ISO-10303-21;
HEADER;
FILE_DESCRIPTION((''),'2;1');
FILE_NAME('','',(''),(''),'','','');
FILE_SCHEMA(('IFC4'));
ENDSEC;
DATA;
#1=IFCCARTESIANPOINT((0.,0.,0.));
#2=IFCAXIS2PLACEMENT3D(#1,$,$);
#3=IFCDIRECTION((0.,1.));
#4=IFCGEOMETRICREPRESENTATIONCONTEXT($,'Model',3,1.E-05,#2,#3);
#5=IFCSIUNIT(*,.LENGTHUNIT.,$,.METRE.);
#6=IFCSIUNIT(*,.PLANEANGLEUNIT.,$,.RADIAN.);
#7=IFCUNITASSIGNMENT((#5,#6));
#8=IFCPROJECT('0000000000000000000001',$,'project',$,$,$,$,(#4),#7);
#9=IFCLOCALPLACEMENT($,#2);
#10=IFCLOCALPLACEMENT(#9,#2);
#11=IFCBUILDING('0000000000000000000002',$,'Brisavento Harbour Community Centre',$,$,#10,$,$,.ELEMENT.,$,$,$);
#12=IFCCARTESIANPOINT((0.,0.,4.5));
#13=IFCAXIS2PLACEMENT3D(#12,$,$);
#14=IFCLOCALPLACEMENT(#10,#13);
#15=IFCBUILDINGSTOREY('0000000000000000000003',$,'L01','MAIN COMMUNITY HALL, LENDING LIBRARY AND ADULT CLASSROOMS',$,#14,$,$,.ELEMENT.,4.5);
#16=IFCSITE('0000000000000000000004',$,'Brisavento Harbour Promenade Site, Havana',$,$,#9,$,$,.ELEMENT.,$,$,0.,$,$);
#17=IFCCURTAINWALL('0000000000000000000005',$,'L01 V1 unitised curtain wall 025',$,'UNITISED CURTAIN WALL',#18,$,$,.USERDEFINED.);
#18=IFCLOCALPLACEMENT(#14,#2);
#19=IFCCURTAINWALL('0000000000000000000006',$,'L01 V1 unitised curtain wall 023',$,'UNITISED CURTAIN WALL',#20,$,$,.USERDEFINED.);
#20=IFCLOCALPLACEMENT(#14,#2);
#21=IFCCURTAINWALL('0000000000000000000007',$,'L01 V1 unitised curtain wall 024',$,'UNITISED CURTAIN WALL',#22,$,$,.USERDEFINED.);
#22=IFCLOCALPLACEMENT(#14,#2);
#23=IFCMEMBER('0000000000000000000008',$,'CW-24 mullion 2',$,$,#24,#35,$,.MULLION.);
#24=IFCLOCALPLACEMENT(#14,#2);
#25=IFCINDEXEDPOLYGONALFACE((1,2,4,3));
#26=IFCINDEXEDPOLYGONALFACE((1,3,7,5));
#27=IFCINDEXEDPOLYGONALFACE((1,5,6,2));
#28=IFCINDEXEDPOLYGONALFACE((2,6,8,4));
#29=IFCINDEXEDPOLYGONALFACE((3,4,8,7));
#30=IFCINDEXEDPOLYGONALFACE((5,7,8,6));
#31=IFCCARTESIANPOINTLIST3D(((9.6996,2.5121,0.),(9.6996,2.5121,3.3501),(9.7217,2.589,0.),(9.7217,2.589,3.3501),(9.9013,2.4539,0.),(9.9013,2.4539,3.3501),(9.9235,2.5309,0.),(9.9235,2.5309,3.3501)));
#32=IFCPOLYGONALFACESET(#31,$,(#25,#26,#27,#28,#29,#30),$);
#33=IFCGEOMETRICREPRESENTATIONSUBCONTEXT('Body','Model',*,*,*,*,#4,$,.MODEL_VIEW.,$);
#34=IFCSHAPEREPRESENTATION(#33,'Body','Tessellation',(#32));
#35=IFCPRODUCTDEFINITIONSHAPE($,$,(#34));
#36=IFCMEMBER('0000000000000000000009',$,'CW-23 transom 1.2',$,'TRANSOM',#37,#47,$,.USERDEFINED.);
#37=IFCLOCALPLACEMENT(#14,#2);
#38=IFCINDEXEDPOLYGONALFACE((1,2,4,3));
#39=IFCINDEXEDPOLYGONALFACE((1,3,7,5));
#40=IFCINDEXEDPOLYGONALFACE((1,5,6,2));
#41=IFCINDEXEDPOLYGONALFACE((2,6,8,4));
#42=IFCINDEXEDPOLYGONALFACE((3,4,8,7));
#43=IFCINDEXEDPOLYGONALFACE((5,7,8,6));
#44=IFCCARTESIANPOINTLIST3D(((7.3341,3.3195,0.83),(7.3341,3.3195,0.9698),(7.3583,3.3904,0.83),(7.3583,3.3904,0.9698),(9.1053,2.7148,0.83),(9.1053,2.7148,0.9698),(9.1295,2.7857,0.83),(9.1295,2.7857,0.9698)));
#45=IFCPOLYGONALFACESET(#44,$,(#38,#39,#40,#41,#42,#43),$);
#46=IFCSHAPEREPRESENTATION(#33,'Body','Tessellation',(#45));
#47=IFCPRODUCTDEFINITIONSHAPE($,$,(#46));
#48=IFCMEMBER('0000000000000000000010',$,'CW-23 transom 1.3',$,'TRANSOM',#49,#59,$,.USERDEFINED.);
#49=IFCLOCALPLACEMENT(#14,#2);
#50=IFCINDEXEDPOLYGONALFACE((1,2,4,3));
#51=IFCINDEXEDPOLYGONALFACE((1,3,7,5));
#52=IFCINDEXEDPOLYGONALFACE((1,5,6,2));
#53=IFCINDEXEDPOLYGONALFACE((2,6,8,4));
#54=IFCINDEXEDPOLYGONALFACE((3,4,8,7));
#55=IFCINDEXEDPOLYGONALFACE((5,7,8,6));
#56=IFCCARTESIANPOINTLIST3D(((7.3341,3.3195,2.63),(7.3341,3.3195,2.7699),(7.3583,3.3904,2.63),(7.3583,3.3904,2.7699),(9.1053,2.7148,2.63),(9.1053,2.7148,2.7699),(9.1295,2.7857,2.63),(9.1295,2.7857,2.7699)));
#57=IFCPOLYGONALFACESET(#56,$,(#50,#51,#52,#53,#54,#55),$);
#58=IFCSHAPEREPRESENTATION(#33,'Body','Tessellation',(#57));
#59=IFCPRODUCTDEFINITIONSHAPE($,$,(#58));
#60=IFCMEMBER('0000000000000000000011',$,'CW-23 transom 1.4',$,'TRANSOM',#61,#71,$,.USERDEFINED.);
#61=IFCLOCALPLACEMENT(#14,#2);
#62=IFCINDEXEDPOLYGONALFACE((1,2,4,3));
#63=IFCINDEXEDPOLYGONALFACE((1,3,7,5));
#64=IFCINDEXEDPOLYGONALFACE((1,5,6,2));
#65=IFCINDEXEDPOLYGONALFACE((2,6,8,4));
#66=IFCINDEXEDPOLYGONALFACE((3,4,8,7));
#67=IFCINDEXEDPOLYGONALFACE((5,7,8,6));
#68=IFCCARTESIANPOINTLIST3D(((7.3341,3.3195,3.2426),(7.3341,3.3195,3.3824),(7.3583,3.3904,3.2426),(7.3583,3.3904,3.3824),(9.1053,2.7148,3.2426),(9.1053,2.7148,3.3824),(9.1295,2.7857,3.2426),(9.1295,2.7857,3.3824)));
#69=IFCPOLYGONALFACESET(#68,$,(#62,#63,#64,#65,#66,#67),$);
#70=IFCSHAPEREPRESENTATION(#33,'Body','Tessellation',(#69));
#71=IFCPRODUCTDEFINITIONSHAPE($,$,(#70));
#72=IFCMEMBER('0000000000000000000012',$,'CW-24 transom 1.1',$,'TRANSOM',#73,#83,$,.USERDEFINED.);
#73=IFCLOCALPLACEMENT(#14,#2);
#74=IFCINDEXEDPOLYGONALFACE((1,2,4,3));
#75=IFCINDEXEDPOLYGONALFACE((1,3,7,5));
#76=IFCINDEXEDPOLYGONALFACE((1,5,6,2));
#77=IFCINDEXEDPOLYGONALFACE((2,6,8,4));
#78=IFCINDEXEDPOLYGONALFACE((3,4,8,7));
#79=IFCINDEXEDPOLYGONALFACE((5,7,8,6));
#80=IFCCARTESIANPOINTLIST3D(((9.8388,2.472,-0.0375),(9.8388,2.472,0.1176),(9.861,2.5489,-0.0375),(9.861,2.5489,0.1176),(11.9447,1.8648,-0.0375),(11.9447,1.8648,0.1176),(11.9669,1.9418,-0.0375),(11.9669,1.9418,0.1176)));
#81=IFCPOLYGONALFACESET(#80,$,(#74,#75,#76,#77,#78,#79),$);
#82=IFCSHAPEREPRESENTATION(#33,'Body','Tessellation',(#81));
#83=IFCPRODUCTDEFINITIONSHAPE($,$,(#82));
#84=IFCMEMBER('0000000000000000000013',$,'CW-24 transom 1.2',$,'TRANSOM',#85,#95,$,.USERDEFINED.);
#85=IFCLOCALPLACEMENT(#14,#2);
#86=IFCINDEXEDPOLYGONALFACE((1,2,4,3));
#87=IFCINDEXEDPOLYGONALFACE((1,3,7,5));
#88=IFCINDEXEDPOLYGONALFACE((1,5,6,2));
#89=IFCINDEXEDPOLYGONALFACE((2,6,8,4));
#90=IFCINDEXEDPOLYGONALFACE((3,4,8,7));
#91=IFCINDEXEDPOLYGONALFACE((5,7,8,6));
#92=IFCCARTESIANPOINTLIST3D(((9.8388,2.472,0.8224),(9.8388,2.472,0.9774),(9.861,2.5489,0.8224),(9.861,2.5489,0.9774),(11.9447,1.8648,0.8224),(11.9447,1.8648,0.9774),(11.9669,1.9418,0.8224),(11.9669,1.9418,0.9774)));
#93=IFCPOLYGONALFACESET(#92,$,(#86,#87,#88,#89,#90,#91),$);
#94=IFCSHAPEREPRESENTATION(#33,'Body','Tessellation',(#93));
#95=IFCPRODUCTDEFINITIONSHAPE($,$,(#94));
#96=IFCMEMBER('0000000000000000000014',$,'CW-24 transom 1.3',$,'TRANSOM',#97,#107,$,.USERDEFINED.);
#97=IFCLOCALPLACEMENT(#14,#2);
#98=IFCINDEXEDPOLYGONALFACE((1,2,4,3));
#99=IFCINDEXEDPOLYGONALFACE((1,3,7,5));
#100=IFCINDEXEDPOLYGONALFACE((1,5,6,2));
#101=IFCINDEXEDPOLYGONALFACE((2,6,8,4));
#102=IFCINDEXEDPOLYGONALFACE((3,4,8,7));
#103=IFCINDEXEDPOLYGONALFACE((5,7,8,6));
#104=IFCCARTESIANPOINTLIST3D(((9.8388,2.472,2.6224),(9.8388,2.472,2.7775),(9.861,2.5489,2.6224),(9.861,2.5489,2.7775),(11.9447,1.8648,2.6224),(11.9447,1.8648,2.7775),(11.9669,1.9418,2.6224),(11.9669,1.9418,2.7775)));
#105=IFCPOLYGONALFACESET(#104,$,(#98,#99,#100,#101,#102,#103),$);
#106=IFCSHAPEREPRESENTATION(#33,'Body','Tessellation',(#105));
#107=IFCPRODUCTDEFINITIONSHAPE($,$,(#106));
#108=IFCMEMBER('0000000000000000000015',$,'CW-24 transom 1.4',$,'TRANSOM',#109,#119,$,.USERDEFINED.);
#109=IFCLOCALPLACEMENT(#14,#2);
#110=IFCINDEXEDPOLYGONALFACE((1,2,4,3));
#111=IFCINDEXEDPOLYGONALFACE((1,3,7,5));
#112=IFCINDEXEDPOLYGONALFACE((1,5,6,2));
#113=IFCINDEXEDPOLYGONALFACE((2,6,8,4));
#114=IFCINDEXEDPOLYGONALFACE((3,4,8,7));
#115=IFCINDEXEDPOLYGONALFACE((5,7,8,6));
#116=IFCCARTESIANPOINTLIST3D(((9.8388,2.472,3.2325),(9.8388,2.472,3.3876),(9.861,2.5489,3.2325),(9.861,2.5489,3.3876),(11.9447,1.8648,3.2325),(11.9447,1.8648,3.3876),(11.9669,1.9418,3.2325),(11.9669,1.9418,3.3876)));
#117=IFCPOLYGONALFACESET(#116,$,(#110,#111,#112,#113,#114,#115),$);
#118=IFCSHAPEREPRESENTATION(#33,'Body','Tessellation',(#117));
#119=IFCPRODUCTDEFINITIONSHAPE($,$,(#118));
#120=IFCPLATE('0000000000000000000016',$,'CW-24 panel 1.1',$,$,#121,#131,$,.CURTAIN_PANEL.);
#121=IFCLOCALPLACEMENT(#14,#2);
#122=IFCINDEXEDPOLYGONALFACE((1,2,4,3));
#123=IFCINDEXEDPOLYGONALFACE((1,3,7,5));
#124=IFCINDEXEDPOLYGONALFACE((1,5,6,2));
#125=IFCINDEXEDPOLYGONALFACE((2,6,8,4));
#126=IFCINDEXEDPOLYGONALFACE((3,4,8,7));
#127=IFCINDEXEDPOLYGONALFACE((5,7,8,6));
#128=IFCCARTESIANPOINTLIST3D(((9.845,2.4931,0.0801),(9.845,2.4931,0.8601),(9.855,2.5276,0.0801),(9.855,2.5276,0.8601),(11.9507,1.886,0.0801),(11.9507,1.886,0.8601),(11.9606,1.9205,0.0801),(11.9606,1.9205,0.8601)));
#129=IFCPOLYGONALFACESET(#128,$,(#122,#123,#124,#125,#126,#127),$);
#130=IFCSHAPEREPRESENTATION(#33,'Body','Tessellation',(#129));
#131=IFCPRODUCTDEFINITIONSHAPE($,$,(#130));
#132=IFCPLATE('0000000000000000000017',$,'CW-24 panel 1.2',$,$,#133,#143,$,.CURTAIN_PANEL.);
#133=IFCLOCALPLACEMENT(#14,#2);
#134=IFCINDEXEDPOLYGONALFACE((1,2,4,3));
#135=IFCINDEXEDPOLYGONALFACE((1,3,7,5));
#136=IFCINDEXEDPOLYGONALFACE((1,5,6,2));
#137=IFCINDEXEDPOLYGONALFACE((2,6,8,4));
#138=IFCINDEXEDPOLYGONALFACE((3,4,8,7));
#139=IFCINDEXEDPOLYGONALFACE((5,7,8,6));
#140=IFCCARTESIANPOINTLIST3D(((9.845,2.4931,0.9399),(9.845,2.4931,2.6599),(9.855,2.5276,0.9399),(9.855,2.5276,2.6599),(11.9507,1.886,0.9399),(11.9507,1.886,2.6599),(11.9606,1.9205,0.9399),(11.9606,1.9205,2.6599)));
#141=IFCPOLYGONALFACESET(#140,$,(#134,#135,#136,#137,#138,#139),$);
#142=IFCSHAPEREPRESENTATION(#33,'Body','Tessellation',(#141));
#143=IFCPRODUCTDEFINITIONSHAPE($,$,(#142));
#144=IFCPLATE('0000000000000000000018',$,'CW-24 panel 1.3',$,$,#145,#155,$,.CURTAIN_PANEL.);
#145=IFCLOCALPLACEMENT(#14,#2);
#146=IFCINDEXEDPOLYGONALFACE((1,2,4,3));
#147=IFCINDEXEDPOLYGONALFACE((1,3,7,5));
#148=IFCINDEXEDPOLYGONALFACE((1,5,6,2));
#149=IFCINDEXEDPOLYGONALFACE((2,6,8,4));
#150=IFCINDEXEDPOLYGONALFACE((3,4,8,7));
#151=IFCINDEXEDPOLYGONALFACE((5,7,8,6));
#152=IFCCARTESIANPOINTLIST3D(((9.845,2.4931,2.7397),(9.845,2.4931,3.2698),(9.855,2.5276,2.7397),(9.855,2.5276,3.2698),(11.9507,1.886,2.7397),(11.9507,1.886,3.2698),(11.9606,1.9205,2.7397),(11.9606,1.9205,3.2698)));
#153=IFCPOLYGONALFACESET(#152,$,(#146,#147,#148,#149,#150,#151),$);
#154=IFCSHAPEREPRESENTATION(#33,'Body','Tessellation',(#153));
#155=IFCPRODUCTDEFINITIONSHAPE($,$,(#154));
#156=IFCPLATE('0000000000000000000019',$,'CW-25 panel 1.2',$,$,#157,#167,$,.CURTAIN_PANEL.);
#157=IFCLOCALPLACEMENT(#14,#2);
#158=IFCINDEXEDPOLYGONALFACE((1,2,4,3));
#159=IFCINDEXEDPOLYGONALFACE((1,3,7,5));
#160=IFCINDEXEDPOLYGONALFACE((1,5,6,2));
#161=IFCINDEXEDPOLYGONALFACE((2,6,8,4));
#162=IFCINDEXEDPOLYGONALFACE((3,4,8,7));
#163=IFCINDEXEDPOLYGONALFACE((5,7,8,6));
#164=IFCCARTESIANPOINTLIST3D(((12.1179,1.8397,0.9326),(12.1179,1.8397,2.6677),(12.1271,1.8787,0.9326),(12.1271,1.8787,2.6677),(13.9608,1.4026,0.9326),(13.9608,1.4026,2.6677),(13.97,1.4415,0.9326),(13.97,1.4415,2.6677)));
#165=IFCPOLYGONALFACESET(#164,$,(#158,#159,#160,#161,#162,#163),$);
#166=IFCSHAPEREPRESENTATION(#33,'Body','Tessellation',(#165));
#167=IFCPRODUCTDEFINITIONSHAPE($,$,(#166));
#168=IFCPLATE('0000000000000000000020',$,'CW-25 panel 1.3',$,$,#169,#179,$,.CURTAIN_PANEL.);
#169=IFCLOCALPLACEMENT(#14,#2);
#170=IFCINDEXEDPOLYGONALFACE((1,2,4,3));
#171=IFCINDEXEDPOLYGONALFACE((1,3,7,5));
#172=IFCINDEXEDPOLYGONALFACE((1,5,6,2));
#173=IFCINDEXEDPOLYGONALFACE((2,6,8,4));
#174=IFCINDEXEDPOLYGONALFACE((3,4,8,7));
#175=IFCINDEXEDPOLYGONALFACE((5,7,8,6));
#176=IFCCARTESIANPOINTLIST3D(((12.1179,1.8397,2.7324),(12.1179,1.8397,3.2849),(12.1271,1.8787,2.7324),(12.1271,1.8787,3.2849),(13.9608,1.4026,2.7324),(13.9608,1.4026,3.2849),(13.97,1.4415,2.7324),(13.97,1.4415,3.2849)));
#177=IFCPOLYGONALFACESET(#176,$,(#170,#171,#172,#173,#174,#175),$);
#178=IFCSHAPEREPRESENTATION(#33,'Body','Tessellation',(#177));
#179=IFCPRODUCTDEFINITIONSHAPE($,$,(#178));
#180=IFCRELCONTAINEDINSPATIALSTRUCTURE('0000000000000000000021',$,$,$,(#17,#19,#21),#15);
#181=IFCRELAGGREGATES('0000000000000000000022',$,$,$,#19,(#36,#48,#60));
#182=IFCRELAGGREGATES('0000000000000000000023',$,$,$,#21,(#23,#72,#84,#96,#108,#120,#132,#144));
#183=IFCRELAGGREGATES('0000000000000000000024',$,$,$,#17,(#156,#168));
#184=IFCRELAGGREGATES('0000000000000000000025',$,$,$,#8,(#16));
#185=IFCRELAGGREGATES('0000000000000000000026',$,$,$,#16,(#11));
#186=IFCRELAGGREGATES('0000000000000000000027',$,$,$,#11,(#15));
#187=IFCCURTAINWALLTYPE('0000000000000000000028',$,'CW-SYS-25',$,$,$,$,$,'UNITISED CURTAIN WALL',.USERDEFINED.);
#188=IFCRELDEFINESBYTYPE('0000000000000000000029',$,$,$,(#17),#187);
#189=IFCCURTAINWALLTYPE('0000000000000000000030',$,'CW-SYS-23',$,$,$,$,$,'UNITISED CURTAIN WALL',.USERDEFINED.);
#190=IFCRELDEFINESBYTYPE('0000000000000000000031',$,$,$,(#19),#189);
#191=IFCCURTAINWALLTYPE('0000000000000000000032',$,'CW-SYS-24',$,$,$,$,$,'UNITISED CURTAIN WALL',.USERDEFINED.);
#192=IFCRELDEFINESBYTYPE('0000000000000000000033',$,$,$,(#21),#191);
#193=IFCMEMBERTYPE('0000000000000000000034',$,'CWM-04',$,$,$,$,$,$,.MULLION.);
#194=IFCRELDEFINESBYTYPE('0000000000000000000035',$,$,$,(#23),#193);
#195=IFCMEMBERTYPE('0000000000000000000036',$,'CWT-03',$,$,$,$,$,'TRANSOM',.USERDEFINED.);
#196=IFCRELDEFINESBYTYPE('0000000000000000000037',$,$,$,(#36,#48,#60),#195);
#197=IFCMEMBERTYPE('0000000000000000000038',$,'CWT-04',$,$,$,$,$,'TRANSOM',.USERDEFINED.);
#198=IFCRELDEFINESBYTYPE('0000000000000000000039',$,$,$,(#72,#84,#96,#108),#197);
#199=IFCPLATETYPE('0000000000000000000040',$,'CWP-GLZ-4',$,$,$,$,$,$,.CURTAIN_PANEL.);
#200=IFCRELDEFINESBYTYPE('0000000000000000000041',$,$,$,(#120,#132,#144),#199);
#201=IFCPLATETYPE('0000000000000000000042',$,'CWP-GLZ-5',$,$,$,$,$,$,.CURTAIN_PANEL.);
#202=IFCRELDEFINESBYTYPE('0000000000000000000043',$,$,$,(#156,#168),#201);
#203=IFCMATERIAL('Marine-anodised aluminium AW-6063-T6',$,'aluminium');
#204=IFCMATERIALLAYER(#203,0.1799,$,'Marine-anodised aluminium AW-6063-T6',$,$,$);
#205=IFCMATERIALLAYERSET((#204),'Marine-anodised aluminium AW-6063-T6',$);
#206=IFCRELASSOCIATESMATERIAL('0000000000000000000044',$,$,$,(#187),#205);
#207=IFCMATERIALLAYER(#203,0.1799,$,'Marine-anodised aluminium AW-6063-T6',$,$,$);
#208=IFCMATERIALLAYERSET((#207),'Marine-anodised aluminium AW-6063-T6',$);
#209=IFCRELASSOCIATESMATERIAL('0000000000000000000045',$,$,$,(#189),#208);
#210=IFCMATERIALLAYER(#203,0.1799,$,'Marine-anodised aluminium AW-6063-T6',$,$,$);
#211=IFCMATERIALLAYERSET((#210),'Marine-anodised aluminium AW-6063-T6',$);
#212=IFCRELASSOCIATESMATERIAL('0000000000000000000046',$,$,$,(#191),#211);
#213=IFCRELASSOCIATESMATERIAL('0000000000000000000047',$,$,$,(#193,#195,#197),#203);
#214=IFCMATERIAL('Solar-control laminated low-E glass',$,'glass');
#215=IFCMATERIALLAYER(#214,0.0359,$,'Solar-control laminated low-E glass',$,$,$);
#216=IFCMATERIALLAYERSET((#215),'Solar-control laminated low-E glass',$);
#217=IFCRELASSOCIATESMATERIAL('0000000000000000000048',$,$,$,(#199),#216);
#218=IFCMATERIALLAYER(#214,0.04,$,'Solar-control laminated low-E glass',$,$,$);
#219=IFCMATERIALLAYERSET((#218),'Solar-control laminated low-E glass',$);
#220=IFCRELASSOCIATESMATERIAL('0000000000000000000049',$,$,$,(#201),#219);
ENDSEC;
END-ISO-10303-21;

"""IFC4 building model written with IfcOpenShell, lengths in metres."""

from ifc_helpers import new_model, si_unit, direction, frame, origin, origin_2d, place, context, subcontext, project, spatial, rectangle, extrude, material, layer, layer_set, material_profile, profile_set, type_object, element, aggregate, save


model = new_model("IFC4")

# Units and contexts
model_context = context("Model", 3, precision=1e-05, world=origin(), true_north=direction((0.0, 1.0)))
body_context = subcontext(model_context, "Body", "Model", "MODEL_VIEW")
ifc_project = project(units=[si_unit("LENGTHUNIT", "METRE"), si_unit("PLANEANGLEUNIT", "RADIAN")], contexts=[model_context])

# Site, building, storey
site_placement = place(None, origin())
site = spatial("IfcSite", under=ifc_project, at=site_placement, Name="Brisavento Harbour Promenade Site, Havana", CompositionType="ELEMENT", RefElevation=0.0)
building_placement = place(site_placement, origin())
building = spatial("IfcBuilding", under=site, at=building_placement, Name="Brisavento Harbour Community Centre", CompositionType="ELEMENT")
storey_placement = place(building_placement, frame((0.0, 0.0, 4.5)))
storey = spatial("IfcBuildingStorey", under=building, at=storey_placement, Name="L01", Description="MAIN COMMUNITY HALL, LENDING LIBRARY AND ADULT CLASSROOMS", CompositionType="ELEMENT", Elevation=4.5)

# Curtain walls
ifc_material_1 = material(Name="Marine-anodised aluminium AW-6063-T6", Category="aluminium")
ifc_layer_1 = layer(ifc_material_1, 0.1799, Name="Marine-anodised aluminium AW-6063-T6")
ifc_layer_set_1 = layer_set([ifc_layer_1], Name="Marine-anodised aluminium AW-6063-T6")
curtain_wall_type_1 = type_object("IfcCurtainWallType", Name="CW-SYS-25", ElementType="UNITISED CURTAIN WALL", PredefinedType="USERDEFINED", material=ifc_layer_set_1)
curtain_wall_1_placement = place(storey_placement, origin())
curtain_wall_1 = element("IfcCurtainWall", 1, at=curtain_wall_1_placement, inside=storey, type_object=curtain_wall_type_1, Name="L01 V1 unitised curtain wall 025", ObjectType="UNITISED CURTAIN WALL", PredefinedType="USERDEFINED")
ifc_layer_2 = layer(ifc_material_1, 0.1799, Name="Marine-anodised aluminium AW-6063-T6")
ifc_layer_set_2 = layer_set([ifc_layer_2], Name="Marine-anodised aluminium AW-6063-T6")
curtain_wall_type_2 = type_object("IfcCurtainWallType", Name="CW-SYS-23", ElementType="UNITISED CURTAIN WALL", PredefinedType="USERDEFINED", material=ifc_layer_set_2)
curtain_wall_2_placement = place(storey_placement, origin())
curtain_wall_2 = element("IfcCurtainWall", 2, at=curtain_wall_2_placement, inside=storey, type_object=curtain_wall_type_2, Name="L01 V1 unitised curtain wall 023", ObjectType="UNITISED CURTAIN WALL", PredefinedType="USERDEFINED")

# Curtain wall, member
ifc_layer_3 = layer(ifc_material_1, 0.1799, Name="Marine-anodised aluminium AW-6063-T6")
ifc_layer_set_3 = layer_set([ifc_layer_3], Name="Marine-anodised aluminium AW-6063-T6")
curtain_wall_type_3 = type_object("IfcCurtainWallType", Name="CW-SYS-24", ElementType="UNITISED CURTAIN WALL", PredefinedType="USERDEFINED", material=ifc_layer_set_3)
curtain_wall_3_placement = place(storey_placement, origin())
curtain_wall_3 = element("IfcCurtainWall", 3, at=curtain_wall_3_placement, inside=storey, type_object=curtain_wall_type_3, Name="L01 V1 unitised curtain wall 024", ObjectType="UNITISED CURTAIN WALL", PredefinedType="USERDEFINED")
ifc_material_profile_1 = material_profile(ifc_material_1, rectangle(XDim=0.0801, YDim=0.21, at=origin_2d()), Name="Marine-anodised aluminium AW-6063-T6")
ifc_profile_set_1 = profile_set([ifc_material_profile_1], Name="Marine-anodised aluminium AW-6063-T6")
member_type_1 = type_object("IfcMemberType", Name="CWM-04", PredefinedType="MULLION", material=ifc_profile_set_1)
member_1_placement = place(storey_placement, frame((9.8115, 2.5215, 0.0), z_axis=(0.0, 0.0, 1.0), x_axis=(-0.277012, -0.960866, 0.0)))
member_1 = element("IfcMember", 4, at=member_1_placement, type_object=member_type_1, Name="CW-24 mullion 2", PredefinedType="MULLION", context=body_context, shape_type="SweptSolid", body=[
    extrude(rectangle(XDim=0.0801, YDim=0.21, at=origin_2d()), origin(), (0.0, 0.0, 1.0), 3.3501),
])

# Members
ifc_material_profile_2 = material_profile(ifc_material_1, rectangle(XDim=0.075, YDim=0.1399, at=origin_2d()), Name="Marine-anodised aluminium AW-6063-T6")
ifc_profile_set_2 = profile_set([ifc_material_profile_2], Name="Marine-anodised aluminium AW-6063-T6")
member_type_2 = type_object("IfcMemberType", Name="CWT-03", ElementType="TRANSOM", PredefinedType="USERDEFINED", material=ifc_profile_set_2)
member_2_placement = place(storey_placement, frame((9.1174, 2.7502, 0.8999), z_axis=(-0.946363, 0.323107, 0.0), x_axis=(-0.323107, -0.946363, 0.0)))
member_2 = element("IfcMember", 5, at=member_2_placement, type_object=member_type_2, Name="CW-23 transom 1.2", ObjectType="TRANSOM", PredefinedType="USERDEFINED", context=body_context, shape_type="SweptSolid", body=[
    extrude(rectangle(XDim=0.075, YDim=0.1399, at=origin_2d()), origin(), (0.0, 0.0, 1.0), 1.8716),
])
member_3_placement = place(storey_placement, frame((9.1174, 2.7502, 2.7), z_axis=(-0.946363, 0.323107, 0.0), x_axis=(-0.323107, -0.946363, 0.0)))
member_3 = element("IfcMember", 6, at=member_3_placement, type_object=member_type_2, Name="CW-23 transom 1.3", ObjectType="TRANSOM", PredefinedType="USERDEFINED", context=body_context, shape_type="SweptSolid", body=[
    extrude(rectangle(XDim=0.075, YDim=0.1399, at=origin_2d()), origin(), (0.0, 0.0, 1.0), 1.8716),
])
member_4_placement = place(storey_placement, frame((9.1174, 2.7502, 3.3125), z_axis=(-0.946363, 0.323107, 0.0), x_axis=(-0.323107, -0.946363, 0.0)))
member_4 = element("IfcMember", 7, at=member_4_placement, type_object=member_type_2, Name="CW-23 transom 1.4", ObjectType="TRANSOM", PredefinedType="USERDEFINED", context=body_context, shape_type="SweptSolid", body=[
    extrude(rectangle(XDim=0.075, YDim=0.1399, at=origin_2d()), origin(), (0.0, 0.0, 1.0), 1.8716),
])
aggregate(curtain_wall_2, [member_2, member_3, member_4])
ifc_material_profile_3 = material_profile(ifc_material_1, rectangle(XDim=0.0801, YDim=0.155, at=origin_2d()), Name="Marine-anodised aluminium AW-6063-T6")
ifc_profile_set_3 = profile_set([ifc_material_profile_3], Name="Marine-anodised aluminium AW-6063-T6")
member_type_3 = type_object("IfcMemberType", Name="CWT-04", ElementType="TRANSOM", PredefinedType="USERDEFINED", material=ifc_profile_set_3)
member_5_placement = place(storey_placement, frame((11.9558, 1.9033, 0.04), z_axis=(-0.960861, 0.27703, 0.0), x_axis=(-0.27703, -0.960861, 0.0)))
member_5 = element("IfcMember", 8, at=member_5_placement, type_object=member_type_3, Name="CW-24 transom 1.1", ObjectType="TRANSOM", PredefinedType="USERDEFINED", context=body_context, shape_type="SweptSolid", body=[
    extrude(rectangle(XDim=0.0801, YDim=0.155, at=origin_2d()), origin(), (0.0, 0.0, 1.0), 2.1917),
])
member_6_placement = place(storey_placement, frame((11.9558, 1.9033, 0.8999), z_axis=(-0.960861, 0.27703, 0.0), x_axis=(-0.27703, -0.960861, 0.0)))
member_6 = element("IfcMember", 9, at=member_6_placement, type_object=member_type_3, Name="CW-24 transom 1.2", ObjectType="TRANSOM", PredefinedType="USERDEFINED", context=body_context, shape_type="SweptSolid", body=[
    extrude(rectangle(XDim=0.0801, YDim=0.155, at=origin_2d()), origin(), (0.0, 0.0, 1.0), 2.1917),
])
member_7_placement = place(storey_placement, frame((11.9558, 1.9033, 2.7), z_axis=(-0.960861, 0.27703, 0.0), x_axis=(-0.27703, -0.960861, 0.0)))
member_7 = element("IfcMember", 10, at=member_7_placement, type_object=member_type_3, Name="CW-24 transom 1.3", ObjectType="TRANSOM", PredefinedType="USERDEFINED", context=body_context, shape_type="SweptSolid", body=[
    extrude(rectangle(XDim=0.0801, YDim=0.155, at=origin_2d()), origin(), (0.0, 0.0, 1.0), 2.1917),
])
member_8_placement = place(storey_placement, frame((11.9558, 1.9033, 3.3101), z_axis=(-0.960861, 0.27703, 0.0), x_axis=(-0.27703, -0.960861, 0.0)))
member_8 = element("IfcMember", 11, at=member_8_placement, type_object=member_type_3, Name="CW-24 transom 1.4", ObjectType="TRANSOM", PredefinedType="USERDEFINED", context=body_context, shape_type="SweptSolid", body=[
    extrude(rectangle(XDim=0.0801, YDim=0.155, at=origin_2d()), origin(), (0.0, 0.0, 1.0), 2.1917),
])

# Plates
ifc_material_2 = material(Name="Solar-control laminated low-E glass", Category="glass")
ifc_layer_4 = layer(ifc_material_2, 0.0359, Name="Solar-control laminated low-E glass")
ifc_layer_set_4 = layer_set([ifc_layer_4], Name="Solar-control laminated low-E glass")
plate_type_1 = type_object("IfcPlateType", Name="CWP-GLZ-4", PredefinedType="CURTAIN_PANEL", material=ifc_layer_set_4)
plate_1_placement = place(storey_placement, frame((10.9028, 2.2068, 0.0801), z_axis=(0.0, 0.0, 1.0), x_axis=(-0.960866, 0.277012, 0.0)))
plate_1 = element("IfcPlate", 12, at=plate_1_placement, type_object=plate_type_1, Name="CW-24 panel 1.1", PredefinedType="CURTAIN_PANEL", context=body_context, shape_type="SweptSolid", body=[
    extrude(rectangle(XDim=2.1914, YDim=0.0359, at=origin_2d()), origin(), (0.0, 0.0, 1.0), 0.78),
])
plate_2_placement = place(storey_placement, frame((10.9028, 2.2068, 0.9399), z_axis=(0.0, 0.0, 1.0), x_axis=(-0.960866, 0.277012, 0.0)))
plate_2 = element("IfcPlate", 13, at=plate_2_placement, type_object=plate_type_1, Name="CW-24 panel 1.2", PredefinedType="CURTAIN_PANEL", context=body_context, shape_type="SweptSolid", body=[
    extrude(rectangle(XDim=2.1914, YDim=0.0359, at=origin_2d()), origin(), (0.0, 0.0, 1.0), 1.72),
])
plate_3_placement = place(storey_placement, frame((10.9028, 2.2068, 2.7397), z_axis=(0.0, 0.0, 1.0), x_axis=(-0.960866, 0.277012, 0.0)))
plate_3 = element("IfcPlate", 14, at=plate_3_placement, type_object=plate_type_1, Name="CW-24 panel 1.3", PredefinedType="CURTAIN_PANEL", context=body_context, shape_type="SweptSolid", body=[
    extrude(rectangle(XDim=2.1914, YDim=0.0359, at=origin_2d()), origin(), (0.0, 0.0, 1.0), 0.53),
])
aggregate(curtain_wall_3, [member_1, member_5, member_6, member_7, member_8, plate_1, plate_2, plate_3])
ifc_layer_5 = layer(ifc_material_2, 0.04, Name="Solar-control laminated low-E glass")
ifc_layer_set_5 = layer_set([ifc_layer_5], Name="Solar-control laminated low-E glass")
plate_type_2 = type_object("IfcPlateType", Name="CWP-GLZ-5", PredefinedType="CURTAIN_PANEL", material=ifc_layer_set_5)
plate_4_placement = place(storey_placement, frame((13.0439, 1.6406, 0.9326), z_axis=(0.0, 0.0, 1.0), x_axis=(-0.972998, 0.230812, 0.0)))
plate_4 = element("IfcPlate", 15, at=plate_4_placement, type_object=plate_type_2, Name="CW-25 panel 1.2", PredefinedType="CURTAIN_PANEL", context=body_context, shape_type="SweptSolid", body=[
    extrude(rectangle(XDim=1.894, YDim=0.04, at=origin_2d()), origin(), (0.0, 0.0, 1.0), 1.7351),
])
plate_5_placement = place(storey_placement, frame((13.0439, 1.6406, 2.7324), z_axis=(0.0, 0.0, 1.0), x_axis=(-0.972998, 0.230812, 0.0)))
plate_5 = element("IfcPlate", 16, at=plate_5_placement, type_object=plate_type_2, Name="CW-25 panel 1.3", PredefinedType="CURTAIN_PANEL", context=body_context, shape_type="SweptSolid", body=[
    extrude(rectangle(XDim=1.894, YDim=0.04, at=origin_2d()), origin(), (0.0, 0.0, 1.0), 0.5525),
])
aggregate(curtain_wall_1, [plate_4, plate_5])

save(model, "model.ifc")
